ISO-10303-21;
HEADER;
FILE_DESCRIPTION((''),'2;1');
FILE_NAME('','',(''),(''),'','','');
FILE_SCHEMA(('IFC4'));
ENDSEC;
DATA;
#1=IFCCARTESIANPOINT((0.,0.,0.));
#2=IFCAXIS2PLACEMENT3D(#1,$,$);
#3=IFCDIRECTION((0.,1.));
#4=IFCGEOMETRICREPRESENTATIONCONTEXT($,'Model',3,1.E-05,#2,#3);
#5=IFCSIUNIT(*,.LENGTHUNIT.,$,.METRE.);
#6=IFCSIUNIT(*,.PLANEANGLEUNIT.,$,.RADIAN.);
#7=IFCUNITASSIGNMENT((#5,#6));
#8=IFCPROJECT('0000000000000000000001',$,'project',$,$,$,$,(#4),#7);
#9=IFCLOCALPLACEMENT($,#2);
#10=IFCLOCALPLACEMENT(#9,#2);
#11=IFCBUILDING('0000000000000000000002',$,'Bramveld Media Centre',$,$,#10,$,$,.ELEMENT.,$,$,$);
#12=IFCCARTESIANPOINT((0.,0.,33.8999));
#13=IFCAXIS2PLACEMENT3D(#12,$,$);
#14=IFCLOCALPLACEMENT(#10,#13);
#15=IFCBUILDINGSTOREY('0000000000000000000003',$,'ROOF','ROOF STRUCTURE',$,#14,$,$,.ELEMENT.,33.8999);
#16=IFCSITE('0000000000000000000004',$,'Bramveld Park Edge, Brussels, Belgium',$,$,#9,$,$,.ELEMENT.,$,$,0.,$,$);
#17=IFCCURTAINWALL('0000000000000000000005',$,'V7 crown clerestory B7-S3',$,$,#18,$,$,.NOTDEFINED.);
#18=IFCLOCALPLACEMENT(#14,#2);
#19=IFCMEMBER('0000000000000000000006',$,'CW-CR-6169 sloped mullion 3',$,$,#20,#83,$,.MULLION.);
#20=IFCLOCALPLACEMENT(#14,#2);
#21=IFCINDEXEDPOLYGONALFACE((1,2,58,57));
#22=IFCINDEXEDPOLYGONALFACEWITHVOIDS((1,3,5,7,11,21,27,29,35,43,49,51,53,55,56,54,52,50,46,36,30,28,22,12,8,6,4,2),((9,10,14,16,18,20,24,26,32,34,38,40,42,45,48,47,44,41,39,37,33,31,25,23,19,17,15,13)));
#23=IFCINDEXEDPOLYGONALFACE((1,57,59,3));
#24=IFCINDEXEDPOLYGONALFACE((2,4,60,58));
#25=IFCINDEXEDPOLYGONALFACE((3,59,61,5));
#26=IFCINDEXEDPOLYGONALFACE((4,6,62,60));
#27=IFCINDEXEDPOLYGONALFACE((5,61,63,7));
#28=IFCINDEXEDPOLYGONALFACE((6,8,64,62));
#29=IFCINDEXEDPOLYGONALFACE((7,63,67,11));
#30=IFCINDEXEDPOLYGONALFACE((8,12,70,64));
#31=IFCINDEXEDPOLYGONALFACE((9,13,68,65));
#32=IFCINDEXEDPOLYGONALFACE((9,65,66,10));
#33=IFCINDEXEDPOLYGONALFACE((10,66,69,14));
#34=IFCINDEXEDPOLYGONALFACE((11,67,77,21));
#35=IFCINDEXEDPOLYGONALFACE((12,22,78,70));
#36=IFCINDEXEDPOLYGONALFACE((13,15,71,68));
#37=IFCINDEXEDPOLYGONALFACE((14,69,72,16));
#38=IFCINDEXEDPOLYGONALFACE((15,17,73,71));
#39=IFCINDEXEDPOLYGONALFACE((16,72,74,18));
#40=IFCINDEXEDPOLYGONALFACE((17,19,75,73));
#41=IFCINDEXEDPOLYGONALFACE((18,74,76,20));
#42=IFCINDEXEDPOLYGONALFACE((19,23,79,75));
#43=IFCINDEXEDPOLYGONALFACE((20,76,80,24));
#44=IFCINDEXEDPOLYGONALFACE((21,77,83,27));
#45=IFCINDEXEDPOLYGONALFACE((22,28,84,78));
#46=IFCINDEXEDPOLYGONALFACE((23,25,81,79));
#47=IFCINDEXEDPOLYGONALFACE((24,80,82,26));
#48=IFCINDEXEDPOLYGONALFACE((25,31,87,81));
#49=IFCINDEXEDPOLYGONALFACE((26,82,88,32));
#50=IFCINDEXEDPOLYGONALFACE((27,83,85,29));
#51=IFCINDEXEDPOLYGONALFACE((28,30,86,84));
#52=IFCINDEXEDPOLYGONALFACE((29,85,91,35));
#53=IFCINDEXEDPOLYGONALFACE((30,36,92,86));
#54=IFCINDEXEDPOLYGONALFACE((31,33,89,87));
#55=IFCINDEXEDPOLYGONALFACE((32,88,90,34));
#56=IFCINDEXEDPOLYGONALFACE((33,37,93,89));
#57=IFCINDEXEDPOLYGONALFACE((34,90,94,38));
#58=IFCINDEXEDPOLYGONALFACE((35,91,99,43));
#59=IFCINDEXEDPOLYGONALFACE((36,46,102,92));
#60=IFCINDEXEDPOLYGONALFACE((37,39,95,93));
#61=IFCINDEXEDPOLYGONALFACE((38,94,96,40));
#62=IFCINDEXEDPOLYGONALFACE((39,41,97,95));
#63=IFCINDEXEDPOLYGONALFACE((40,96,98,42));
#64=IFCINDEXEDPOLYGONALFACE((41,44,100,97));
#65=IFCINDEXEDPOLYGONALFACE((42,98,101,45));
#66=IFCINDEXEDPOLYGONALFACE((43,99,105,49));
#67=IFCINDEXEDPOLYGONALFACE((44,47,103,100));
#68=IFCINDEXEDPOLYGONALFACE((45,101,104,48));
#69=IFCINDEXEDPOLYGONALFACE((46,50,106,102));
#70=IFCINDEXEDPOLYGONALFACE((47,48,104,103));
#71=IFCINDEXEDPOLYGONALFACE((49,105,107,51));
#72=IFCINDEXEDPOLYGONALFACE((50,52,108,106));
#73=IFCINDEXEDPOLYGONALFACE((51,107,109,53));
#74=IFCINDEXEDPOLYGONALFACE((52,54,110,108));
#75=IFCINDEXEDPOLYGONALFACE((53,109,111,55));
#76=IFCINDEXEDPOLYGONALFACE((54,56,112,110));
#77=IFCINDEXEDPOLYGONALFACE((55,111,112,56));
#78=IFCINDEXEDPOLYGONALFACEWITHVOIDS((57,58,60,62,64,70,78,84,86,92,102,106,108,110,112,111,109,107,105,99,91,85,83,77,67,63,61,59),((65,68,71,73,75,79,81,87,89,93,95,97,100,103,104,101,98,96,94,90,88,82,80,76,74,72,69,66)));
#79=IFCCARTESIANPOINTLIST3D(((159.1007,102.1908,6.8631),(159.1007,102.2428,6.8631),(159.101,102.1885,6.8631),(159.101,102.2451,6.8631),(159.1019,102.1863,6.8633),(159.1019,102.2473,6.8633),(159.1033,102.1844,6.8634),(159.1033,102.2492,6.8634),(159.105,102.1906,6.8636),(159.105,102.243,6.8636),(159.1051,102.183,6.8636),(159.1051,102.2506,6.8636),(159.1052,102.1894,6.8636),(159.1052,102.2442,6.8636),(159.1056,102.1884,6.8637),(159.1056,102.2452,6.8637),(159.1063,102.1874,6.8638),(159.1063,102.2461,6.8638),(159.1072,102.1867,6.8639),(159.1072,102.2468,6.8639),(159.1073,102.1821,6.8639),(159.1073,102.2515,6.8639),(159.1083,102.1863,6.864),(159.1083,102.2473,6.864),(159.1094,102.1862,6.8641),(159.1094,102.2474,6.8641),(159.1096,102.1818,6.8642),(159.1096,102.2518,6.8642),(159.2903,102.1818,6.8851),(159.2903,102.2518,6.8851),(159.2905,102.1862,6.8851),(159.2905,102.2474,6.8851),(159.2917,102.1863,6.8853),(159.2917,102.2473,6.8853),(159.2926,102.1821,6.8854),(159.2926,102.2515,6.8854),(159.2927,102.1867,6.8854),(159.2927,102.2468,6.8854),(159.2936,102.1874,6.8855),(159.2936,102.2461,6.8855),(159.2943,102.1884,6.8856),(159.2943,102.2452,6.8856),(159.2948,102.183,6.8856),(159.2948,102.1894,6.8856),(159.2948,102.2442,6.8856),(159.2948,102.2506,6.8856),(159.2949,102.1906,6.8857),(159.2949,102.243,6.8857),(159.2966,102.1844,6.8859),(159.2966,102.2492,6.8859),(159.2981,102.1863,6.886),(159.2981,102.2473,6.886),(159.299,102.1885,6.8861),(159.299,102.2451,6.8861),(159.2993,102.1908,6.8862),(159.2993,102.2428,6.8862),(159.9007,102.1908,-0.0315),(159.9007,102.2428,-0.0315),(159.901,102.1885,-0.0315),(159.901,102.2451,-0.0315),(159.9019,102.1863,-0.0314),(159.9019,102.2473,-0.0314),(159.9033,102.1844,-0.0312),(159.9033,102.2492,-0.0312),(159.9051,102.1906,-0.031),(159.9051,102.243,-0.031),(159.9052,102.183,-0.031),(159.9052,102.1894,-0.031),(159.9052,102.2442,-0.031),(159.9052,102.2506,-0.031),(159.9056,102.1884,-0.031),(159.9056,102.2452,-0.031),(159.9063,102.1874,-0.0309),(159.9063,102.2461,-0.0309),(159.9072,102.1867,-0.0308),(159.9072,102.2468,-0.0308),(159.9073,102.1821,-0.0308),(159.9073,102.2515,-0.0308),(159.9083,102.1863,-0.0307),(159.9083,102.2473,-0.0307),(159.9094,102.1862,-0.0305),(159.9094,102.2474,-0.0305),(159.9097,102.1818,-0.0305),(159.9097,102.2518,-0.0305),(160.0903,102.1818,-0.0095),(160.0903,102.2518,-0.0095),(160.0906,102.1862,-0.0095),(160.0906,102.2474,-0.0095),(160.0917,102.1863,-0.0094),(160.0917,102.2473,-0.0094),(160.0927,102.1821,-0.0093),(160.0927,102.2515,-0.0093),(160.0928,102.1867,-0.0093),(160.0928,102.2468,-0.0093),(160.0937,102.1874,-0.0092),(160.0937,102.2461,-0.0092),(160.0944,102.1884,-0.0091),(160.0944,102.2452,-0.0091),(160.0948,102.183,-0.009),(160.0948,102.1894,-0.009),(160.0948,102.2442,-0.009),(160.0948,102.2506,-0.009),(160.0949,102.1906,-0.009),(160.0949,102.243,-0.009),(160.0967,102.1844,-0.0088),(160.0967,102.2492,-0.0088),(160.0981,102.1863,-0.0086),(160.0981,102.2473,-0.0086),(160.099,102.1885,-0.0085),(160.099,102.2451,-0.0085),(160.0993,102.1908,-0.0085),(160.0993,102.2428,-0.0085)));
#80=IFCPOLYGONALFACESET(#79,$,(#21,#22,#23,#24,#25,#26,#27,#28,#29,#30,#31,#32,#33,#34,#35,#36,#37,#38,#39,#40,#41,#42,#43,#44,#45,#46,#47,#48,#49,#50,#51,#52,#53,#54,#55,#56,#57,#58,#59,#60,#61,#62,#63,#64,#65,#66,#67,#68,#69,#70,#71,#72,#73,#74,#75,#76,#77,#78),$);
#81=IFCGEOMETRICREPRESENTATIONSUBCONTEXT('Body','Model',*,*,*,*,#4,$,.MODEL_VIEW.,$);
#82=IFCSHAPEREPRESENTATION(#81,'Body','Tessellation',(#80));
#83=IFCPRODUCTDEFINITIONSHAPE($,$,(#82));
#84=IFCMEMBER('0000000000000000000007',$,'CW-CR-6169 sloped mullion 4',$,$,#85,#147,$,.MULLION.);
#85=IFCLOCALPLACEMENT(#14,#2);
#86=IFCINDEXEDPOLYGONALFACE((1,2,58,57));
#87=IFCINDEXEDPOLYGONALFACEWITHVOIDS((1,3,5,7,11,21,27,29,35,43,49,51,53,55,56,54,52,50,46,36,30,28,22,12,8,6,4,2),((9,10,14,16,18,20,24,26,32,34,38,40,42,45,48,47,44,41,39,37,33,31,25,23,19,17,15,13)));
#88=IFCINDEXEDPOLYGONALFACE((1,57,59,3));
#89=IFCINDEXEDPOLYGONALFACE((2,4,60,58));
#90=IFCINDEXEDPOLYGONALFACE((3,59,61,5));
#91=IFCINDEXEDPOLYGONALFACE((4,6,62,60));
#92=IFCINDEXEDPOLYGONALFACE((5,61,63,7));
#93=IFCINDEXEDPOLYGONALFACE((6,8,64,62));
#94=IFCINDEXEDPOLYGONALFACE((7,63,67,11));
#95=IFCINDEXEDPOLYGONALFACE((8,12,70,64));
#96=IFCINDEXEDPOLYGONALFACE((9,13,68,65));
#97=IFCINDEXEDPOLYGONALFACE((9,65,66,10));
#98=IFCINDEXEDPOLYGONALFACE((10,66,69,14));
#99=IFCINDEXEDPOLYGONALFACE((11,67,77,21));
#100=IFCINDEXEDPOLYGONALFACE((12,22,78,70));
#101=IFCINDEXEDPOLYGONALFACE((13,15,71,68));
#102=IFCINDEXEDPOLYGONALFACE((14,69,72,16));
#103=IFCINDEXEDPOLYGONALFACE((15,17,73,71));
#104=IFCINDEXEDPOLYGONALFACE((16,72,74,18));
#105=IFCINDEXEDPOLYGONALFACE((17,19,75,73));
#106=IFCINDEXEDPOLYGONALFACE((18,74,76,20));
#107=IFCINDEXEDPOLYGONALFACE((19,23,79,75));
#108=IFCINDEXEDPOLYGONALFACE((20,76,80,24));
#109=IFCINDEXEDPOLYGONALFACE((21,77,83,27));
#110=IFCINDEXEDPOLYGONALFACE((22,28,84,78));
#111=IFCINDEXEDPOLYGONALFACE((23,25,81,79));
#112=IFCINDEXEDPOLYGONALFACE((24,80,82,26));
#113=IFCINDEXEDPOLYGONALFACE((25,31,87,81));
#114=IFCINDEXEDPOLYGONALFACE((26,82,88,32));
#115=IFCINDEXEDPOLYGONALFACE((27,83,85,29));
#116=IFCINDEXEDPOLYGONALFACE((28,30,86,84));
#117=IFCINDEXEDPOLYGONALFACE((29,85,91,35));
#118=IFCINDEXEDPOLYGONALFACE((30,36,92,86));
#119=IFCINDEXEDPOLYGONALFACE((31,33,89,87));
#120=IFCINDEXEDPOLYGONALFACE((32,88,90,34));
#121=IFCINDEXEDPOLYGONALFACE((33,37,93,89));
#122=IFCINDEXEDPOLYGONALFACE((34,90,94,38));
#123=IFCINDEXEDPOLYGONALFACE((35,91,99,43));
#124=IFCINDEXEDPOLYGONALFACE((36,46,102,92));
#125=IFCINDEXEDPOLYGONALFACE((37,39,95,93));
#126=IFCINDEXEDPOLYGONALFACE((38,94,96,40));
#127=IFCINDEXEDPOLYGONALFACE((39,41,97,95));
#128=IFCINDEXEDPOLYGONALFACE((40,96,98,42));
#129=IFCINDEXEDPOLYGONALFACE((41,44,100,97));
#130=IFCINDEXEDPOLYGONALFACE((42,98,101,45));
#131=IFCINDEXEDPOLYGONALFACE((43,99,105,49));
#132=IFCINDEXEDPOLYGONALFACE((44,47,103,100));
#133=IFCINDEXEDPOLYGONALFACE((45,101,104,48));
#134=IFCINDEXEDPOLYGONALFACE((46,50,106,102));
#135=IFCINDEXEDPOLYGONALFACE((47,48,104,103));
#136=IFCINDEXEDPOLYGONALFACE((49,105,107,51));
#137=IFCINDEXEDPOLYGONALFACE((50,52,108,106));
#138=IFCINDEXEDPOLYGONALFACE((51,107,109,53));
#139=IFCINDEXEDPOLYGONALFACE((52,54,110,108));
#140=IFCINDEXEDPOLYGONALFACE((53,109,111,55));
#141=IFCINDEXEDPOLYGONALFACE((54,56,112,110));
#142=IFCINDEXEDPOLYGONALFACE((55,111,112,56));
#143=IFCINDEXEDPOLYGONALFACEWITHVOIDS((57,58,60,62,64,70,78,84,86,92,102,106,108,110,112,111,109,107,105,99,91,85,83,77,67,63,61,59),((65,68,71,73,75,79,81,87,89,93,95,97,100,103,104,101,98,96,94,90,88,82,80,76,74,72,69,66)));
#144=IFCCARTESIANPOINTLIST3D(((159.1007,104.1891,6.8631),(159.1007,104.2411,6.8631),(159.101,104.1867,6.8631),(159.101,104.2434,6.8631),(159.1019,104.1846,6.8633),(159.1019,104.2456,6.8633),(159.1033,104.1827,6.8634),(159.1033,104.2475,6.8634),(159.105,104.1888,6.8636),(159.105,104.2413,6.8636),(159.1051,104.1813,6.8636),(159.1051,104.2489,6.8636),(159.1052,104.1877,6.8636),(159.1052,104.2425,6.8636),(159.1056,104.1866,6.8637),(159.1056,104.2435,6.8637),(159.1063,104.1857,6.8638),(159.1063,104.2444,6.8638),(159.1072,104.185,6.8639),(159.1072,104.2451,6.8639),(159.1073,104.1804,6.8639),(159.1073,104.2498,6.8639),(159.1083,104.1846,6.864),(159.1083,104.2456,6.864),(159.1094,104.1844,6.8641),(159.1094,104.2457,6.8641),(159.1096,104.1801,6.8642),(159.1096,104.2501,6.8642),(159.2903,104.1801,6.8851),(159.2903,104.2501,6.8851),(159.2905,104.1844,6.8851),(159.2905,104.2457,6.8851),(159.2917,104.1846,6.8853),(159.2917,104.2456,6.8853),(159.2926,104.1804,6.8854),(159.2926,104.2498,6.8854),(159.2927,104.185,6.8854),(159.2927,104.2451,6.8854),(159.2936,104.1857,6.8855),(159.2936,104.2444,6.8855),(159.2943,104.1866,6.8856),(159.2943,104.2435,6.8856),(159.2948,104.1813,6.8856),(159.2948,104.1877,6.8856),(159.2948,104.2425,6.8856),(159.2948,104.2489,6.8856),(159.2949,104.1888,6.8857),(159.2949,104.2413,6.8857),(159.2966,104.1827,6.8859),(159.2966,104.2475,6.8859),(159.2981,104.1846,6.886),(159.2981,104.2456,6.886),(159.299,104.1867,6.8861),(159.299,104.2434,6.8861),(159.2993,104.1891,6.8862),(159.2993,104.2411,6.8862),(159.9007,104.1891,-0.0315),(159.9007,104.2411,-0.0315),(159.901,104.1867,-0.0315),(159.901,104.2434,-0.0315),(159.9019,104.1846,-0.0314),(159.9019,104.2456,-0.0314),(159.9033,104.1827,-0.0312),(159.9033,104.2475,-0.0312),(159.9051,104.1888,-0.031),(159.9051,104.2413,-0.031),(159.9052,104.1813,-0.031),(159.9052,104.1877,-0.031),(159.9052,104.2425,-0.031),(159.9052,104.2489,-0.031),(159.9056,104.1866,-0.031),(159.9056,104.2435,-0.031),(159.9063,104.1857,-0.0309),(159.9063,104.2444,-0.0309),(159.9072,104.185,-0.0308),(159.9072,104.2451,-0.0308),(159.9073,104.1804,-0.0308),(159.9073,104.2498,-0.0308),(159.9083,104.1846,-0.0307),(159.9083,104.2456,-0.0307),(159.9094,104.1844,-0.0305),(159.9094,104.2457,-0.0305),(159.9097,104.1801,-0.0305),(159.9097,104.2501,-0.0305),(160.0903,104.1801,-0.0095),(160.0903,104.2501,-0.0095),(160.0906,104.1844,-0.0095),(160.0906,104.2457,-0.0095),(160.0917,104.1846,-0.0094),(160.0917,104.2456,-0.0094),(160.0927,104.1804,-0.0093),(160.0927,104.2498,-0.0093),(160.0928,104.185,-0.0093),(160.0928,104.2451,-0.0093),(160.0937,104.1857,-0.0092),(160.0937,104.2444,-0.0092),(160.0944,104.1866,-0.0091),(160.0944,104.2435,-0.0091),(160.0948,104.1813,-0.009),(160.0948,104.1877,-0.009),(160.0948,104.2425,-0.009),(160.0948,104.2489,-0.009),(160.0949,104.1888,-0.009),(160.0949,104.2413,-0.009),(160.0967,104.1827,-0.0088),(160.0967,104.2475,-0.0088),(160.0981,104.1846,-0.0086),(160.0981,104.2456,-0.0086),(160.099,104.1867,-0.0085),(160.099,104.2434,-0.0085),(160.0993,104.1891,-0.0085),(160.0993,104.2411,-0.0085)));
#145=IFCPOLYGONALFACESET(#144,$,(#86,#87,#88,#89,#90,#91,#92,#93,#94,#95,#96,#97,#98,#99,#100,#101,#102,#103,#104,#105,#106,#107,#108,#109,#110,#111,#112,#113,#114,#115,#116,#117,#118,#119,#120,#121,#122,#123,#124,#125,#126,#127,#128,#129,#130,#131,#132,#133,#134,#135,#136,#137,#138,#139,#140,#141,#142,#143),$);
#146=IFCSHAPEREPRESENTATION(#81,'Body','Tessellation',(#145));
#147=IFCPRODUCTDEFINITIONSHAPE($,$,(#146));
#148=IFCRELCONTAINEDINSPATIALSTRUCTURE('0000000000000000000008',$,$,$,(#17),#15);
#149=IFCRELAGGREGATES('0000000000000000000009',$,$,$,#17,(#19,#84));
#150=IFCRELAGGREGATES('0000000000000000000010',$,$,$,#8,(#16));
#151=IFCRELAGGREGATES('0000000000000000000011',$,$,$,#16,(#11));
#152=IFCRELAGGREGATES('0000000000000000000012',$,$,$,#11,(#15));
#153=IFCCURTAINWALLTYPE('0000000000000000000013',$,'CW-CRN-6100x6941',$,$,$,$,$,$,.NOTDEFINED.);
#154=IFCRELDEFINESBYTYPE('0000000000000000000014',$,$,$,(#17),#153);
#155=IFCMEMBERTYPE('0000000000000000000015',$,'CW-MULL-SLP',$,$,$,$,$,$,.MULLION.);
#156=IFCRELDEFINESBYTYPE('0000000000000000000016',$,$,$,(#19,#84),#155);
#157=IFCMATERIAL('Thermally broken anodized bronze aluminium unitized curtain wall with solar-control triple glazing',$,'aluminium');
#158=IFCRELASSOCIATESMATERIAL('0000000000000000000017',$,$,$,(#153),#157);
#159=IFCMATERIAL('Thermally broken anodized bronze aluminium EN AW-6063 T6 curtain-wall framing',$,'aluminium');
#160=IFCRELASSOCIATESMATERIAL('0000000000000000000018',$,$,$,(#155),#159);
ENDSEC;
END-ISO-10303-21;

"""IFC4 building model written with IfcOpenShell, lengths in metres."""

from ifc_helpers import new_model, si_unit, direction, frame, origin, origin_2d, place, context, subcontext, project, spatial, hollow_rectangle, extrude, material, material_profile, profile_set, type_object, element, aggregate, save


model = new_model("IFC4")

# Units and contexts
model_context = context("Model", 3, precision=1e-05, world=origin(), true_north=direction((0.0, 1.0)))
body_context = subcontext(model_context, "Body", "Model", "MODEL_VIEW")
ifc_project = project(units=[si_unit("LENGTHUNIT", "METRE"), si_unit("PLANEANGLEUNIT", "RADIAN")], contexts=[model_context])

# Site, building, storey
site_placement = place(None, origin())
site = spatial("IfcSite", under=ifc_project, at=site_placement, Name="Bramveld Park Edge, Brussels, Belgium", CompositionType="ELEMENT", RefElevation=0.0)
building_placement = place(site_placement, origin())
building = spatial("IfcBuilding", under=site, at=building_placement, Name="Bramveld Media Centre", CompositionType="ELEMENT")
storey_placement = place(building_placement, frame((0.0, 0.0, 33.8999)))
storey = spatial("IfcBuildingStorey", under=building, at=storey_placement, Name="ROOF", Description="ROOF STRUCTURE", CompositionType="ELEMENT", Elevation=33.8999)

# Curtain wall, members
ifc_material_1 = material(Name="Thermally broken anodized bronze aluminium unitized curtain wall with solar-control triple glazing", Category="aluminium")
curtain_wall_type = type_object("IfcCurtainWallType", Name="CW-CRN-6100x6941", PredefinedType="NOTDEFINED", material=ifc_material_1)
ifc_material_2 = material(Name="Thermally broken anodized bronze aluminium EN AW-6063 T6 curtain-wall framing", Category="aluminium")
ifc_material_profile_1 = material_profile(ifc_material_2, hollow_rectangle(XDim=0.0701, YDim=0.2, WallThickness=0.0044, InnerFilletRadius=0.0044, OuterFilletRadius=0.009, at=origin_2d()), Name="AL-MULL 70x200")
ifc_profile_set_1 = profile_set([ifc_material_profile_1], Name="Thermally broken anodized bronze aluminium EN AW-6063 T6 curtain-wall framing")
member_type_1 = type_object("IfcMemberType", Name="CW-MULL-SLP", PredefinedType="MULLION", material=ifc_profile_set_1)
curtain_wall_1_placement = place(storey_placement, origin())
curtain_wall_1 = element("IfcCurtainWall", 1, at=curtain_wall_1_placement, inside=storey, type_object=curtain_wall_type, Name="V7 crown clerestory B7-S3", PredefinedType="NOTDEFINED")
member_1_placement = place(storey_placement, frame((160.0, 102.2168, -0.02), z_axis=(-0.115264, 0.0, 0.993335), x_axis=(0.0, -1.0, 0.0)))
member_1 = element("IfcMember", 2, at=member_1_placement, type_object=member_type_1, Name="CW-CR-6169 sloped mullion 3", PredefinedType="MULLION", context=body_context, shape_type="SweptSolid", body=[
    extrude(hollow_rectangle(XDim=0.0701, YDim=0.2, WallThickness=0.0044, InnerFilletRadius=0.0044, OuterFilletRadius=0.009, at=origin_2d()), origin(), (0.0, 0.0, 1.0), 6.9409),
])
member_2_placement = place(storey_placement, frame((160.0, 104.2151, -0.02), z_axis=(-0.115264, 0.0, 0.993335), x_axis=(0.0, -1.0, 0.0)))
member_2 = element("IfcMember", 3, at=member_2_placement, type_object=member_type_1, Name="CW-CR-6169 sloped mullion 4", PredefinedType="MULLION", context=body_context, shape_type="SweptSolid", body=[
    extrude(hollow_rectangle(XDim=0.0701, YDim=0.2, WallThickness=0.0044, InnerFilletRadius=0.0044, OuterFilletRadius=0.009, at=origin_2d()), origin(), (0.0, 0.0, 1.0), 6.9409),
])

aggregate(curtain_wall_1, [member_1, member_2])

save(model, "model.ifc")
